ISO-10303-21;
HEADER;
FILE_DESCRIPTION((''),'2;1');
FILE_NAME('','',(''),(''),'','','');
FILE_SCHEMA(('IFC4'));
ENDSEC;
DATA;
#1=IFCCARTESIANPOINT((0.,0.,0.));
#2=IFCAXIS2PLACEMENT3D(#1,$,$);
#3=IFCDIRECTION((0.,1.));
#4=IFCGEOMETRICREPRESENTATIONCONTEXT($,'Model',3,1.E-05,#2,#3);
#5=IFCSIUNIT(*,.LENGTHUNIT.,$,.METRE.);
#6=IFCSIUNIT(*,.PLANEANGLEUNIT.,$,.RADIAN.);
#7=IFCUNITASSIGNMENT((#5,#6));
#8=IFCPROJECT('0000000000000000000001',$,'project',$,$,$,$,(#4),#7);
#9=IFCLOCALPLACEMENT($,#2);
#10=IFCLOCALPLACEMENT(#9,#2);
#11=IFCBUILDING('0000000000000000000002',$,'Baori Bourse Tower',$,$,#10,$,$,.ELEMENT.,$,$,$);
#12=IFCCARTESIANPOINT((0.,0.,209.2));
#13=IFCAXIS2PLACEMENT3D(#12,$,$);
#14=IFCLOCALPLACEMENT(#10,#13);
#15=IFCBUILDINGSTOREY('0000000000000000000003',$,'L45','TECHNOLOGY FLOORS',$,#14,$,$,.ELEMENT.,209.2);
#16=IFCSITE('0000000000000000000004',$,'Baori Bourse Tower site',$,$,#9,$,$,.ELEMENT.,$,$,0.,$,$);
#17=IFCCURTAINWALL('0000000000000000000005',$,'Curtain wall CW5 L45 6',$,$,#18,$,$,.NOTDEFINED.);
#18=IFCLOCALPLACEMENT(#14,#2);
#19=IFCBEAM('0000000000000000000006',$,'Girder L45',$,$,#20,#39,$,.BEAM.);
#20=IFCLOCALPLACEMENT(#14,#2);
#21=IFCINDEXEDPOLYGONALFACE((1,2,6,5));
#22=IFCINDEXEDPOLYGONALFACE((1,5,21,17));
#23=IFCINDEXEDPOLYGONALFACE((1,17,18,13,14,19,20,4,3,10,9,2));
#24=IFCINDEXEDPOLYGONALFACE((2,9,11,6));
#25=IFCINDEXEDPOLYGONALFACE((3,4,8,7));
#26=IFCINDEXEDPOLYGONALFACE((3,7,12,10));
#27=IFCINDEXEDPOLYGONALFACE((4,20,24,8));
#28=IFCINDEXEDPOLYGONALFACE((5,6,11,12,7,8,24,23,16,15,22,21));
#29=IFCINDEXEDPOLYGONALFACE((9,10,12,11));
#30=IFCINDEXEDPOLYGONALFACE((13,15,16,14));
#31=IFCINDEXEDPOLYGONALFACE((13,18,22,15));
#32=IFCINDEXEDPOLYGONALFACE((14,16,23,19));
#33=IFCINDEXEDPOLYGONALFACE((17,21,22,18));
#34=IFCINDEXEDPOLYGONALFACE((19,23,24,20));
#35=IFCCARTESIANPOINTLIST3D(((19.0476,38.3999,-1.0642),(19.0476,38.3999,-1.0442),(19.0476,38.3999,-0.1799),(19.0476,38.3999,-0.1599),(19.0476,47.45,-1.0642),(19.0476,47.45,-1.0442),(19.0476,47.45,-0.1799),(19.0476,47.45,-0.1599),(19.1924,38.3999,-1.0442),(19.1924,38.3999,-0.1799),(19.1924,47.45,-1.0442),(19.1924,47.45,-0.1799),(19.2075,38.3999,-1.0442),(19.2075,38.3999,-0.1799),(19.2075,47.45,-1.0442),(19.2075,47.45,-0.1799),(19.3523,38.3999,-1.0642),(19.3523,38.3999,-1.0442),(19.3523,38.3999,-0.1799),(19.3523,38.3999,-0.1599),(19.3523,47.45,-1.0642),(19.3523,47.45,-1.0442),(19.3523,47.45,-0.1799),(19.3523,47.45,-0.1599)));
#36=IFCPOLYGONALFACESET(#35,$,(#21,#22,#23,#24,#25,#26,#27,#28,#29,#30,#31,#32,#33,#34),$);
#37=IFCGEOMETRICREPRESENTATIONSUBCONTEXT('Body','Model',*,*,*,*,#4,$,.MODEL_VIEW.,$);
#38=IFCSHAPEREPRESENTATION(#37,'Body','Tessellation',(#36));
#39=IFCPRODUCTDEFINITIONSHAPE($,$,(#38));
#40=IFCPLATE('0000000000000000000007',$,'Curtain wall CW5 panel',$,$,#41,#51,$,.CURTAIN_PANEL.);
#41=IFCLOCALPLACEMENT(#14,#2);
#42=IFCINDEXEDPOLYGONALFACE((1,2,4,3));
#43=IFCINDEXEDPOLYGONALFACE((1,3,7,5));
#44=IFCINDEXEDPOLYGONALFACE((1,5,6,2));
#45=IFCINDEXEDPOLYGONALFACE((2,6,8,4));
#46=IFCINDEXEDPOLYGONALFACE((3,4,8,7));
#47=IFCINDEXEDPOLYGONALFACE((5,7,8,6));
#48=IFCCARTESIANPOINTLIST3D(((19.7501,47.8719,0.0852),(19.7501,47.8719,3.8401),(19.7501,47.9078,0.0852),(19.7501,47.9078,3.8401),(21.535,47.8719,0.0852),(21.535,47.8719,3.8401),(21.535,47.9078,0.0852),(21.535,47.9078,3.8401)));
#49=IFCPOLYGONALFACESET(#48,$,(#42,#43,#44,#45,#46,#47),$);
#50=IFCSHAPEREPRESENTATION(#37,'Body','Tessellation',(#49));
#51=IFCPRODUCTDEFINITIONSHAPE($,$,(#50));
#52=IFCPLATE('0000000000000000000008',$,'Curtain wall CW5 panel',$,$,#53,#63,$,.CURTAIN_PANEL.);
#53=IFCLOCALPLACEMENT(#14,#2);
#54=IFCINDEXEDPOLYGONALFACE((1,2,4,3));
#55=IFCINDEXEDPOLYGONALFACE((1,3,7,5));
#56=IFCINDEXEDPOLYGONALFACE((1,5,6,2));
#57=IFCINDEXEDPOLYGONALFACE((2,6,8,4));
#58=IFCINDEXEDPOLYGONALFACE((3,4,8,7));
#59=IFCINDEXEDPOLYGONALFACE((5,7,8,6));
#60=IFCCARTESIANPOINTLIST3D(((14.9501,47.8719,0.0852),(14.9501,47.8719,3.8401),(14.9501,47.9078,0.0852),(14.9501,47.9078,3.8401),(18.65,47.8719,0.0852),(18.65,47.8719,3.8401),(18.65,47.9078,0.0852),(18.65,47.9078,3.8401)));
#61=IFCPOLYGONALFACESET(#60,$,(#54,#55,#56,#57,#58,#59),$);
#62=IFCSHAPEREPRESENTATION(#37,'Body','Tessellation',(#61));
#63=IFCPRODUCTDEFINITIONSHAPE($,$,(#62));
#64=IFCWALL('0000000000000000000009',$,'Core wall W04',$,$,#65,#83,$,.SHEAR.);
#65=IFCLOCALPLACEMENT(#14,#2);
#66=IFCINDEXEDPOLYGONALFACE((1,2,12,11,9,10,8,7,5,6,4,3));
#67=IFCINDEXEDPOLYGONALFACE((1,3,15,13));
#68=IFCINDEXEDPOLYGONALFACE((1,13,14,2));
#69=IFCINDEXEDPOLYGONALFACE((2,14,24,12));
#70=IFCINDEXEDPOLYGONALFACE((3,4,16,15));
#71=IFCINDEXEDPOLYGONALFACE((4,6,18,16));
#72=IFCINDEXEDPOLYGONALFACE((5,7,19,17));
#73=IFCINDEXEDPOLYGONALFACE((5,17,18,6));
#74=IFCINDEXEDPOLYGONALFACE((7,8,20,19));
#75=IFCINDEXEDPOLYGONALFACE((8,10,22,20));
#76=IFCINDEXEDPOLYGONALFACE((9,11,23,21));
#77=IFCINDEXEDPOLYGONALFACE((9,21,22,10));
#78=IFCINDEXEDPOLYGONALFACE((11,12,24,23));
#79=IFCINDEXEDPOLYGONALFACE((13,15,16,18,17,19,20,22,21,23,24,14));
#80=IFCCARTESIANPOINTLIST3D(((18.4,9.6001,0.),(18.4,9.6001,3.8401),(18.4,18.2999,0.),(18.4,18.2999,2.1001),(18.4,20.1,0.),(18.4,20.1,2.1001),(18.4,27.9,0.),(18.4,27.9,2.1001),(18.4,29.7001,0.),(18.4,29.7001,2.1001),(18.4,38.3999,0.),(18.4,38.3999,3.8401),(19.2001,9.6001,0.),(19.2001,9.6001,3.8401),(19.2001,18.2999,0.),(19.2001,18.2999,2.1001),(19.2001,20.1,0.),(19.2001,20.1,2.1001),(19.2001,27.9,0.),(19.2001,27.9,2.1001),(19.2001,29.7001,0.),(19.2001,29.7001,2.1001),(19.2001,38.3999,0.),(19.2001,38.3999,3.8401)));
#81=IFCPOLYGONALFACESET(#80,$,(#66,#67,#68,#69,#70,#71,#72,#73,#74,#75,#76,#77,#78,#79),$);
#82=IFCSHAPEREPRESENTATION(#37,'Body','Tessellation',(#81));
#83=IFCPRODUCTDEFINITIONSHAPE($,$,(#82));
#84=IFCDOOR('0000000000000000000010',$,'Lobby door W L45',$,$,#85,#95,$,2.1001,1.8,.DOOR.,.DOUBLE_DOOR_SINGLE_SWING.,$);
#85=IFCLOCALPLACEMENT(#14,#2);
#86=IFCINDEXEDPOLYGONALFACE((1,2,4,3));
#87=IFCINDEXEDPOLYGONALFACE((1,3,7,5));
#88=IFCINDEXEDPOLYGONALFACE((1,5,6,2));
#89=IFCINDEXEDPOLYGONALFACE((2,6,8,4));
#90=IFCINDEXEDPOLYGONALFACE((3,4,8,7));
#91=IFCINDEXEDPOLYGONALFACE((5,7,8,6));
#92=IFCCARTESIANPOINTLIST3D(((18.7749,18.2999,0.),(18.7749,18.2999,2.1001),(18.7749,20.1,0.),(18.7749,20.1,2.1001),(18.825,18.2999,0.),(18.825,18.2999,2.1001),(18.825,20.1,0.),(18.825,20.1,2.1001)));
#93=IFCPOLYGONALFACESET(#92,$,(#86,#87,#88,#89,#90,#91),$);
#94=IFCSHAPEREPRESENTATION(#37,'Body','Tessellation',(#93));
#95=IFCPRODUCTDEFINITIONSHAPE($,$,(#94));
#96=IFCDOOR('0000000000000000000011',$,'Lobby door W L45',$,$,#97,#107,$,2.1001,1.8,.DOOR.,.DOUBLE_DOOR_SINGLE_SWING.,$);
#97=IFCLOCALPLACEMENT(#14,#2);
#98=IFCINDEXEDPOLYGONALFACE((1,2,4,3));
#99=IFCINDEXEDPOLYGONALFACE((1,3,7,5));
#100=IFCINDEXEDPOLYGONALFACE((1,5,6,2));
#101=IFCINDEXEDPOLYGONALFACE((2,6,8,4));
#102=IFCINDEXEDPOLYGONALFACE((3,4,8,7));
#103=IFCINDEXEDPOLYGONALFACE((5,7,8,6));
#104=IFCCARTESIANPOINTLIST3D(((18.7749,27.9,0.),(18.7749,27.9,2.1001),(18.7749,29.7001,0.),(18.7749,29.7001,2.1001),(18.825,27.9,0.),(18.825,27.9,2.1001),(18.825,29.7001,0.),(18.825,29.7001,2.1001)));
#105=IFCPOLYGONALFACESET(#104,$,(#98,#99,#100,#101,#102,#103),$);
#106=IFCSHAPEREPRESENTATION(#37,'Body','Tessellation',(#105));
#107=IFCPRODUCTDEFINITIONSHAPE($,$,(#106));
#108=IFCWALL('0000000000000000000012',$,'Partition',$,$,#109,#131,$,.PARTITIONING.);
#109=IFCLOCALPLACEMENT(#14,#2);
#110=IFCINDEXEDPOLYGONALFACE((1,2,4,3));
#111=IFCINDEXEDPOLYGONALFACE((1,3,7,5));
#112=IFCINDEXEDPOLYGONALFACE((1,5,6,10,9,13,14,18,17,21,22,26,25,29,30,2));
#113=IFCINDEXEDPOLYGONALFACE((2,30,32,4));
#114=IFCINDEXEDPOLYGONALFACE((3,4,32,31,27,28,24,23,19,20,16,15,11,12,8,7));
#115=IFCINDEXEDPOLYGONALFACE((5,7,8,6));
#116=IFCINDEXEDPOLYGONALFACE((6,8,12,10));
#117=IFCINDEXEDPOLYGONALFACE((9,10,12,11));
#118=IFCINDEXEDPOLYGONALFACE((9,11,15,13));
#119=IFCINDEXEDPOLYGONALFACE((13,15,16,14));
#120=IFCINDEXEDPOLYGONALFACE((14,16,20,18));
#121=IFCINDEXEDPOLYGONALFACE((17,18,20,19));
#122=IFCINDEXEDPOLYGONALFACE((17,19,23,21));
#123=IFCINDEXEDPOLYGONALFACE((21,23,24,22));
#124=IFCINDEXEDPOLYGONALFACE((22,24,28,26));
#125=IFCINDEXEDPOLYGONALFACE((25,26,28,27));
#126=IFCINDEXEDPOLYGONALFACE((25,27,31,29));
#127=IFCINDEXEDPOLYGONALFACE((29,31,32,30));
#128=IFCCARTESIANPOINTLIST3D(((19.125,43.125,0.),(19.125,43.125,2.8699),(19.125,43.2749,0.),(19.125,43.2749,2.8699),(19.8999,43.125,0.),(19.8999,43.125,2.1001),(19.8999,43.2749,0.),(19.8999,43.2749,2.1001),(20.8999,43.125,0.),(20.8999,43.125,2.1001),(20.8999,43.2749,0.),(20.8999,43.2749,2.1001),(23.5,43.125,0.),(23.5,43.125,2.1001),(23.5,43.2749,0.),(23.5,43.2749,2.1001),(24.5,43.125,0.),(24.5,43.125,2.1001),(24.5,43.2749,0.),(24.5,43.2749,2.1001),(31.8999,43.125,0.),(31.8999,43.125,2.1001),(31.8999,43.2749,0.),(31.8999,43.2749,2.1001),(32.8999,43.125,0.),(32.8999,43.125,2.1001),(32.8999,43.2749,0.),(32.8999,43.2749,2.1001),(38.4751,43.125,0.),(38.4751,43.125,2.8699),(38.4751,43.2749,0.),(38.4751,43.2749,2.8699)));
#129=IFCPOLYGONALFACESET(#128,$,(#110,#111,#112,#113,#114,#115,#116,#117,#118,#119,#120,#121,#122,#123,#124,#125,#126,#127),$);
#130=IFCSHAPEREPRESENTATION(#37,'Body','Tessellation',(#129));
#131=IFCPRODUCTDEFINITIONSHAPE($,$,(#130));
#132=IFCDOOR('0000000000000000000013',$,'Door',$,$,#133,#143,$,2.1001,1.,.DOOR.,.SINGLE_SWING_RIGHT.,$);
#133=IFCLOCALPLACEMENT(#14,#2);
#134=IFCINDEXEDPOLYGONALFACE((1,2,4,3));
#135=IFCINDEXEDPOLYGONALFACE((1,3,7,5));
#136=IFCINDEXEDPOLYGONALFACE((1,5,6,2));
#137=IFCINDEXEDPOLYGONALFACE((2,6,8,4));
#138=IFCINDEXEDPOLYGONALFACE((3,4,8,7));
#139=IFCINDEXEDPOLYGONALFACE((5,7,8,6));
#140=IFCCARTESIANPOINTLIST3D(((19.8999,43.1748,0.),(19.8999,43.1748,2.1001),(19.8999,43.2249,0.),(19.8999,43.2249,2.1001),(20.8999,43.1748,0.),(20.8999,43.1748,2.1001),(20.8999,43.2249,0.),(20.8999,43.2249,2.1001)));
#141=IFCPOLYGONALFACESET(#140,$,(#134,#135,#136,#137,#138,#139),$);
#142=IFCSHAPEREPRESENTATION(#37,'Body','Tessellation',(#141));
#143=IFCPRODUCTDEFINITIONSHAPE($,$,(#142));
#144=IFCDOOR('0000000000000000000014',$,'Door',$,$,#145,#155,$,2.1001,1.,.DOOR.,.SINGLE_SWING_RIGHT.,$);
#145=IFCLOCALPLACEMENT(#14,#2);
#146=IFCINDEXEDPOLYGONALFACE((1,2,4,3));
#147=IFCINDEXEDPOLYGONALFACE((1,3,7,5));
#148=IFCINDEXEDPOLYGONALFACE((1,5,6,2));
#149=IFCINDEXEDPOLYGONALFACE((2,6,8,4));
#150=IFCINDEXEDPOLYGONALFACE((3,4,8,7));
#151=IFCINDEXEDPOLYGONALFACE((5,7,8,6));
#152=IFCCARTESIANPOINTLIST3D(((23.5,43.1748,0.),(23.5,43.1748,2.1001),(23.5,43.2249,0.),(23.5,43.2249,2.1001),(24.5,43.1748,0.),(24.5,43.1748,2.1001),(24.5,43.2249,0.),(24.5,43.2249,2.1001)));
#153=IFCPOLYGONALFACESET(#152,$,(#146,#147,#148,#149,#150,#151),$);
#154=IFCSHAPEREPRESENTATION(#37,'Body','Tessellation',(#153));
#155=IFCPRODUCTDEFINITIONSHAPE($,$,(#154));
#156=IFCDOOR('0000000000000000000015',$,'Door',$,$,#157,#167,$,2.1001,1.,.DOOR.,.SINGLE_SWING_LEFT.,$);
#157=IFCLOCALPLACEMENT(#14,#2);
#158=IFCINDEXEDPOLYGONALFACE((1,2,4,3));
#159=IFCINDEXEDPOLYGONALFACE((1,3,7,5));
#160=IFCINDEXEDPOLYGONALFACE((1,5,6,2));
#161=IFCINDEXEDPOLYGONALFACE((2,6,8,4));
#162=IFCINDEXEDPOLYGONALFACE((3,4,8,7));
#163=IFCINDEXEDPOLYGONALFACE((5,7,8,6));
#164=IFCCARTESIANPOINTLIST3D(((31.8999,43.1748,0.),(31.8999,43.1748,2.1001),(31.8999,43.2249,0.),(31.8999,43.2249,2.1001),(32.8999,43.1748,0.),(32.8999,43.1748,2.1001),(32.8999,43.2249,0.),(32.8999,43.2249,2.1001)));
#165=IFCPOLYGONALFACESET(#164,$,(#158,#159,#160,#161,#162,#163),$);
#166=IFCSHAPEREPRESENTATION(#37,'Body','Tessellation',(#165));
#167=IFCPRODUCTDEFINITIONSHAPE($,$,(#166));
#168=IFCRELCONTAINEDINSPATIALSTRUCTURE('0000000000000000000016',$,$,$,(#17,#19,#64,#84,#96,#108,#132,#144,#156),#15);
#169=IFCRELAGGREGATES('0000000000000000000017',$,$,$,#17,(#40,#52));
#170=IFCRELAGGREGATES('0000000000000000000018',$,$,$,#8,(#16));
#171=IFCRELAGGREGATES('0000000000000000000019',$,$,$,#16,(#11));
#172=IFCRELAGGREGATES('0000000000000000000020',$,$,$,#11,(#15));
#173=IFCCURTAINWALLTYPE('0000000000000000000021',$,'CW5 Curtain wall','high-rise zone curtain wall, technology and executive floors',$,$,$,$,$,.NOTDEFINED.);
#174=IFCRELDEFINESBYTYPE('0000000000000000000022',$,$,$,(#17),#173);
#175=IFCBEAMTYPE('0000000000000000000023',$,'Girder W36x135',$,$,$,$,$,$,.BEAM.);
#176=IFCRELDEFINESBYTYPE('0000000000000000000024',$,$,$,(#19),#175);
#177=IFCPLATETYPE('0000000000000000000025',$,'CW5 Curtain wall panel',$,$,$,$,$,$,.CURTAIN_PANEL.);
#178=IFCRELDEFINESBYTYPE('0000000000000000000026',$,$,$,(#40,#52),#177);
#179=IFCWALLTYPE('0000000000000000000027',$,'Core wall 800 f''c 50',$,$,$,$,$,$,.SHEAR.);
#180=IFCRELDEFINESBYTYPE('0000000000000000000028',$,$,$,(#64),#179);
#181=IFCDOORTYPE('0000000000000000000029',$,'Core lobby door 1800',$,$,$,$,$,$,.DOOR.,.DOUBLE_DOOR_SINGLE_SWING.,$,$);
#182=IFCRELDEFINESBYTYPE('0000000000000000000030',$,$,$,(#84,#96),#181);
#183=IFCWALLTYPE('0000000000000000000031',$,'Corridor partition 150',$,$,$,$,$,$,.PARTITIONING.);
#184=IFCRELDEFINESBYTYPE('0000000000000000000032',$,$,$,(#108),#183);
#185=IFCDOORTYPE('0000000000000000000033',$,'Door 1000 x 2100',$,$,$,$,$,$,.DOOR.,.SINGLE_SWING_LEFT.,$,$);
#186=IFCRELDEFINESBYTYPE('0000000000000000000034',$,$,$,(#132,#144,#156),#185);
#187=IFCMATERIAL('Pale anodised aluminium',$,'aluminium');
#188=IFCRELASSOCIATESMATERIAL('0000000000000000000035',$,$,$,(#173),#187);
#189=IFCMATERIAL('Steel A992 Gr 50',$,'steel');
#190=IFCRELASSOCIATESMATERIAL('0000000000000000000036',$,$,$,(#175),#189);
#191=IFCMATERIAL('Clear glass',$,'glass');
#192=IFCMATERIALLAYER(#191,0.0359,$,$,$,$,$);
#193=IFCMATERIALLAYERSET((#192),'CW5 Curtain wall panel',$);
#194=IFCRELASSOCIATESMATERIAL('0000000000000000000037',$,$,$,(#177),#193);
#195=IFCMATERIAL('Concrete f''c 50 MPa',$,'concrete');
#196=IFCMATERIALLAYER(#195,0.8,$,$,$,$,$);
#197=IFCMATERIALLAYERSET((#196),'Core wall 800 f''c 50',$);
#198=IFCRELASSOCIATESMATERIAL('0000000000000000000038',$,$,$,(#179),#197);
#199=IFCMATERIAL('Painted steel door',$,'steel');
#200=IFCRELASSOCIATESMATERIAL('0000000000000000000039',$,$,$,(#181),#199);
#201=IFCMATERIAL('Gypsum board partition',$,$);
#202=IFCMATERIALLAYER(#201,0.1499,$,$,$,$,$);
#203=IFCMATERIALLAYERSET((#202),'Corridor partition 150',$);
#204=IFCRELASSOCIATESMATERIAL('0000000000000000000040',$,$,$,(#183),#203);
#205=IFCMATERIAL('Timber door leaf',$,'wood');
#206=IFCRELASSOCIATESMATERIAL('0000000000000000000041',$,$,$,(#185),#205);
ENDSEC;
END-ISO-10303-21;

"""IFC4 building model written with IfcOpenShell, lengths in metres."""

from ifc_helpers import new_model, si_unit, direction, frame, frame_2d, origin, origin_2d, place, context, subcontext, project, spatial, rectangle, i_section, extrude, material, layer, layer_set, material_profile, profile_set, type_object, element, fill, aggregate, save


model = new_model("IFC4")

# Units and contexts
model_context = context("Model", 3, precision=1e-05, world=origin(), true_north=direction((0.0, 1.0)))
body_context = subcontext(model_context, "Body", "Model", "MODEL_VIEW")
ifc_project = project(units=[si_unit("LENGTHUNIT", "METRE"), si_unit("PLANEANGLEUNIT", "RADIAN")], contexts=[model_context])

# Site, building, storey
site_placement = place(None, origin())
site = spatial("IfcSite", under=ifc_project, at=site_placement, Name="Baori Bourse Tower site", CompositionType="ELEMENT", RefElevation=0.0)
building_placement = place(site_placement, origin())
building = spatial("IfcBuilding", under=site, at=building_placement, Name="Baori Bourse Tower", CompositionType="ELEMENT")
storey_placement = place(building_placement, frame((0.0, 0.0, 209.2)))
storey = spatial("IfcBuildingStorey", under=building, at=storey_placement, Name="L45", Description="TECHNOLOGY FLOORS", CompositionType="ELEMENT", Elevation=209.2)

# Curtain wall
ifc_material_1 = material(Name="Pale anodised aluminium", Category="aluminium")
curtain_wall_type_1 = type_object("IfcCurtainWallType", Name="CW5 Curtain wall", Description="high-rise zone curtain wall, technology and executive floors", PredefinedType="NOTDEFINED", material=ifc_material_1)
curtain_wall_1_placement = place(storey_placement, origin())
curtain_wall_1 = element("IfcCurtainWall", 1, at=curtain_wall_1_placement, inside=storey, type_object=curtain_wall_type_1, Name="Curtain wall CW5 L45 6", PredefinedType="NOTDEFINED")

# Beam
ifc_material_2 = material(Name="Steel A992 Gr 50", Category="steel")
ifc_material_profile_1 = material_profile(ifc_material_2, i_section(OverallWidth=0.3047, OverallDepth=0.9043, WebThickness=0.0151, FlangeThickness=0.02, at=origin_2d()), Name="W36x135")
ifc_profile_set_1 = profile_set([ifc_material_profile_1], Name="Steel A992 Gr 50")
beam_type_1 = type_object("IfcBeamType", Name="Girder W36x135", PredefinedType="BEAM", material=ifc_profile_set_1)
beam_1_placement = place(storey_placement, frame((19.2, 38.3999, -0.6121), z_axis=(0.0, 1.0, 0.0), x_axis=(-1.0, 0.0, 0.0)))
element("IfcBeam", 2, at=beam_1_placement, inside=storey, type_object=beam_type_1, Name="Girder L45", PredefinedType="BEAM", context=body_context, shape_type="SweptSolid", body=[
    extrude(i_section(OverallWidth=0.3047, OverallDepth=0.9043, WebThickness=0.0151, FlangeThickness=0.02, at=origin_2d()), origin(), (0.0, 0.0, 1.0), 9.05),
])

# Plates
ifc_material_3 = material(Name="Clear glass", Category="glass")
ifc_layer_1 = layer(ifc_material_3, 0.0359)
ifc_layer_set_1 = layer_set([ifc_layer_1], Name="CW5 Curtain wall panel")
plate_type = type_object("IfcPlateType", Name="CW5 Curtain wall panel", PredefinedType="CURTAIN_PANEL", material=ifc_layer_set_1)
plate_1_placement = place(storey_placement, frame((20.6426, 47.8899, 0.0852), z_axis=(0.0, 0.0, 1.0), x_axis=(-1.0, 0.0, 0.0)))
plate_1 = element("IfcPlate", 3, at=plate_1_placement, type_object=plate_type, Name="Curtain wall CW5 panel", PredefinedType="CURTAIN_PANEL", context=body_context, shape_type="SweptSolid", body=[
    extrude(rectangle(XDim=1.7849, YDim=0.0359, at=origin_2d()), origin(), (0.0, 0.0, 1.0), 3.7549),
])
plate_2_placement = place(storey_placement, frame((16.8, 47.8899, 0.0852), z_axis=(0.0, 0.0, 1.0), x_axis=(-1.0, 0.0, 0.0)))
plate_2 = element("IfcPlate", 4, at=plate_2_placement, type_object=plate_type, Name="Curtain wall CW5 panel", PredefinedType="CURTAIN_PANEL", context=body_context, shape_type="SweptSolid", body=[
    extrude(rectangle(XDim=3.7, YDim=0.0359, at=origin_2d()), origin(), (0.0, 0.0, 1.0), 3.7549),
])
aggregate(curtain_wall_1, [plate_1, plate_2])

# Walls, openings, doors
ifc_material_4 = material(Name="Concrete f'c 50 MPa", Category="concrete")
ifc_layer_2 = layer(ifc_material_4, 0.8)
ifc_layer_set_2 = layer_set([ifc_layer_2], Name="Core wall 800 f'c 50")
wall_type_1 = type_object("IfcWallType", Name="Core wall 800 f'c 50", PredefinedType="SHEAR", material=ifc_layer_set_2)
wall_1_placement = place(storey_placement, frame((18.8, 38.3999, 0.0), z_axis=(0.0, 0.0, 1.0), x_axis=(0.0, -1.0, 0.0)))
wall_1 = element("IfcWall", 5, at=wall_1_placement, inside=storey, type_object=wall_type_1, Name="Core wall W04", PredefinedType="SHEAR", context=body_context, shape_type="SweptSolid", body=[
    extrude(rectangle(XDim=28.7998, YDim=0.8, at=frame_2d((14.3999, 0.0))), origin(), (0.0, 0.0, 1.0), 3.8401),
])
opening_1_placement = place(wall_1_placement, frame((18.3, 0.0, 0.0)))
opening_1 = element("IfcOpeningElement", 6, at=opening_1_placement, cuts=wall_1, PredefinedType="OPENING", context=body_context, shape_type="SweptSolid", body=[
    extrude(rectangle(XDim=1.8, YDim=2.1001, at=frame_2d((0.8999, 1.05))), frame((0.0, 0.4099, 0.0), z_axis=(0.0, -1.0, 0.0), x_axis=(1.0, 0.0, 0.0)), (0.0, 0.0, 1.0), 0.8201),
])
opening_2_placement = place(wall_1_placement, frame((8.7, 0.0, 0.0)))
opening_2 = element("IfcOpeningElement", 7, at=opening_2_placement, cuts=wall_1, PredefinedType="OPENING", context=body_context, shape_type="SweptSolid", body=[
    extrude(rectangle(XDim=1.8, YDim=2.1001, at=frame_2d((0.8999, 1.05))), frame((0.0, 0.4099, 0.0), z_axis=(0.0, -1.0, 0.0), x_axis=(1.0, 0.0, 0.0)), (0.0, 0.0, 1.0), 0.8201),
])
ifc_material_5 = material(Name="Painted steel door", Category="steel")
door_type_1 = type_object("IfcDoorType", Name="Core lobby door 1800", OperationType="DOUBLE_DOOR_SINGLE_SWING", PredefinedType="DOOR", material=ifc_material_5)
door_1_placement = place(opening_1_placement, origin())
door_1 = element("IfcDoor", 8, at=door_1_placement, inside=storey, type_object=door_type_1, Name="Lobby door W L45", OperationType="DOUBLE_DOOR_SINGLE_SWING", OverallHeight=2.1001, OverallWidth=1.8, PredefinedType="DOOR", context=body_context, shape_type="SweptSolid", body=[
    extrude(rectangle(XDim=1.8, YDim=2.1001, at=frame_2d((0.8999, 1.05))), frame((0.0, 0.0249, 0.0), z_axis=(0.0, -1.0, 0.0), x_axis=(1.0, 0.0, 0.0)), (0.0, 0.0, 1.0), 0.05),
])
fill(opening_1, door_1)
door_2_placement = place(opening_2_placement, origin())
door_2 = element("IfcDoor", 9, at=door_2_placement, inside=storey, type_object=door_type_1, Name="Lobby door W L45", OperationType="DOUBLE_DOOR_SINGLE_SWING", OverallHeight=2.1001, OverallWidth=1.8, PredefinedType="DOOR", context=body_context, shape_type="SweptSolid", body=[
    extrude(rectangle(XDim=1.8, YDim=2.1001, at=frame_2d((0.8999, 1.05))), frame((0.0, 0.0249, 0.0), z_axis=(0.0, -1.0, 0.0), x_axis=(1.0, 0.0, 0.0)), (0.0, 0.0, 1.0), 0.05),
])
fill(opening_2, door_2)
ifc_material_6 = material(Name="Gypsum board partition")
ifc_layer_3 = layer(ifc_material_6, 0.1499)
ifc_layer_set_3 = layer_set([ifc_layer_3], Name="Corridor partition 150")
wall_type_2 = type_object("IfcWallType", Name="Corridor partition 150", PredefinedType="PARTITIONING", material=ifc_layer_set_3)
wall_2_placement = place(storey_placement, frame((19.125, 43.2, 0.0), z_axis=(0.0, 0.0, 1.0), x_axis=(1.0, 0.0, 0.0)))
wall_2 = element("IfcWall", 10, at=wall_2_placement, inside=storey, type_object=wall_type_2, Name="Partition", PredefinedType="PARTITIONING", context=body_context, shape_type="SweptSolid", body=[
    extrude(rectangle(XDim=19.3501, YDim=0.1499, at=frame_2d((9.675, 0.0))), origin(), (0.0, 0.0, 1.0), 2.8699),
])
opening_3_placement = place(wall_2_placement, frame((0.7749, 0.0, 0.0)))
opening_3 = element("IfcOpeningElement", 11, at=opening_3_placement, cuts=wall_2, PredefinedType="OPENING", context=body_context, shape_type="SweptSolid", body=[
    extrude(rectangle(XDim=1.0, YDim=2.1001, at=frame_2d((0.5, 1.05))), frame((0.0, 0.085, 0.0), z_axis=(0.0, -1.0, 0.0), x_axis=(1.0, 0.0, 0.0)), (0.0, 0.0, 1.0), 0.1699),
])
opening_4_placement = place(wall_2_placement, frame((4.375, 0.0, 0.0)))
opening_4 = element("IfcOpeningElement", 12, at=opening_4_placement, cuts=wall_2, PredefinedType="OPENING", context=body_context, shape_type="SweptSolid", body=[
    extrude(rectangle(XDim=1.0, YDim=2.1001, at=frame_2d((0.5, 1.05))), frame((0.0, 0.085, 0.0), z_axis=(0.0, -1.0, 0.0), x_axis=(1.0, 0.0, 0.0)), (0.0, 0.0, 1.0), 0.1699),
])
opening_5_placement = place(wall_2_placement, frame((12.7749, 0.0, 0.0)))
opening_5 = element("IfcOpeningElement", 13, at=opening_5_placement, cuts=wall_2, PredefinedType="OPENING", context=body_context, shape_type="SweptSolid", body=[
    extrude(rectangle(XDim=1.0, YDim=2.1001, at=frame_2d((0.5, 1.05))), frame((0.0, 0.085, 0.0), z_axis=(0.0, -1.0, 0.0), x_axis=(1.0, 0.0, 0.0)), (0.0, 0.0, 1.0), 0.1699),
])
ifc_material_7 = material(Name="Timber door leaf", Category="wood")
door_type_2 = type_object("IfcDoorType", Name="Door 1000 x 2100", OperationType="SINGLE_SWING_LEFT", PredefinedType="DOOR", material=ifc_material_7)
door_3_placement = place(opening_3_placement, origin())
door_3 = element("IfcDoor", 14, at=door_3_placement, inside=storey, type_object=door_type_2, Name="Door", OperationType="SINGLE_SWING_RIGHT", OverallHeight=2.1001, OverallWidth=1.0, PredefinedType="DOOR", context=body_context, shape_type="SweptSolid", body=[
    extrude(rectangle(XDim=1.0, YDim=2.1001, at=frame_2d((0.5, 1.05))), frame((0.0, 0.0249, 0.0), z_axis=(0.0, -1.0, 0.0), x_axis=(1.0, 0.0, 0.0)), (0.0, 0.0, 1.0), 0.05),
])
fill(opening_3, door_3)
door_4_placement = place(opening_4_placement, origin())
door_4 = element("IfcDoor", 15, at=door_4_placement, inside=storey, type_object=door_type_2, Name="Door", OperationType="SINGLE_SWING_RIGHT", OverallHeight=2.1001, OverallWidth=1.0, PredefinedType="DOOR", context=body_context, shape_type="SweptSolid", body=[
    extrude(rectangle(XDim=1.0, YDim=2.1001, at=frame_2d((0.5, 1.05))), frame((0.0, 0.0249, 0.0), z_axis=(0.0, -1.0, 0.0), x_axis=(1.0, 0.0, 0.0)), (0.0, 0.0, 1.0), 0.05),
])
fill(opening_4, door_4)
door_5_placement = place(opening_5_placement, origin())
door_5 = element("IfcDoor", 16, at=door_5_placement, inside=storey, type_object=door_type_2, Name="Door", OperationType="SINGLE_SWING_LEFT", OverallHeight=2.1001, OverallWidth=1.0, PredefinedType="DOOR", context=body_context, shape_type="SweptSolid", body=[
    extrude(rectangle(XDim=1.0, YDim=2.1001, at=frame_2d((0.5, 1.05))), frame((0.0, 0.0249, 0.0), z_axis=(0.0, -1.0, 0.0), x_axis=(1.0, 0.0, 0.0)), (0.0, 0.0, 1.0), 0.05),
])
fill(opening_5, door_5)

save(model, "model.ifc")
